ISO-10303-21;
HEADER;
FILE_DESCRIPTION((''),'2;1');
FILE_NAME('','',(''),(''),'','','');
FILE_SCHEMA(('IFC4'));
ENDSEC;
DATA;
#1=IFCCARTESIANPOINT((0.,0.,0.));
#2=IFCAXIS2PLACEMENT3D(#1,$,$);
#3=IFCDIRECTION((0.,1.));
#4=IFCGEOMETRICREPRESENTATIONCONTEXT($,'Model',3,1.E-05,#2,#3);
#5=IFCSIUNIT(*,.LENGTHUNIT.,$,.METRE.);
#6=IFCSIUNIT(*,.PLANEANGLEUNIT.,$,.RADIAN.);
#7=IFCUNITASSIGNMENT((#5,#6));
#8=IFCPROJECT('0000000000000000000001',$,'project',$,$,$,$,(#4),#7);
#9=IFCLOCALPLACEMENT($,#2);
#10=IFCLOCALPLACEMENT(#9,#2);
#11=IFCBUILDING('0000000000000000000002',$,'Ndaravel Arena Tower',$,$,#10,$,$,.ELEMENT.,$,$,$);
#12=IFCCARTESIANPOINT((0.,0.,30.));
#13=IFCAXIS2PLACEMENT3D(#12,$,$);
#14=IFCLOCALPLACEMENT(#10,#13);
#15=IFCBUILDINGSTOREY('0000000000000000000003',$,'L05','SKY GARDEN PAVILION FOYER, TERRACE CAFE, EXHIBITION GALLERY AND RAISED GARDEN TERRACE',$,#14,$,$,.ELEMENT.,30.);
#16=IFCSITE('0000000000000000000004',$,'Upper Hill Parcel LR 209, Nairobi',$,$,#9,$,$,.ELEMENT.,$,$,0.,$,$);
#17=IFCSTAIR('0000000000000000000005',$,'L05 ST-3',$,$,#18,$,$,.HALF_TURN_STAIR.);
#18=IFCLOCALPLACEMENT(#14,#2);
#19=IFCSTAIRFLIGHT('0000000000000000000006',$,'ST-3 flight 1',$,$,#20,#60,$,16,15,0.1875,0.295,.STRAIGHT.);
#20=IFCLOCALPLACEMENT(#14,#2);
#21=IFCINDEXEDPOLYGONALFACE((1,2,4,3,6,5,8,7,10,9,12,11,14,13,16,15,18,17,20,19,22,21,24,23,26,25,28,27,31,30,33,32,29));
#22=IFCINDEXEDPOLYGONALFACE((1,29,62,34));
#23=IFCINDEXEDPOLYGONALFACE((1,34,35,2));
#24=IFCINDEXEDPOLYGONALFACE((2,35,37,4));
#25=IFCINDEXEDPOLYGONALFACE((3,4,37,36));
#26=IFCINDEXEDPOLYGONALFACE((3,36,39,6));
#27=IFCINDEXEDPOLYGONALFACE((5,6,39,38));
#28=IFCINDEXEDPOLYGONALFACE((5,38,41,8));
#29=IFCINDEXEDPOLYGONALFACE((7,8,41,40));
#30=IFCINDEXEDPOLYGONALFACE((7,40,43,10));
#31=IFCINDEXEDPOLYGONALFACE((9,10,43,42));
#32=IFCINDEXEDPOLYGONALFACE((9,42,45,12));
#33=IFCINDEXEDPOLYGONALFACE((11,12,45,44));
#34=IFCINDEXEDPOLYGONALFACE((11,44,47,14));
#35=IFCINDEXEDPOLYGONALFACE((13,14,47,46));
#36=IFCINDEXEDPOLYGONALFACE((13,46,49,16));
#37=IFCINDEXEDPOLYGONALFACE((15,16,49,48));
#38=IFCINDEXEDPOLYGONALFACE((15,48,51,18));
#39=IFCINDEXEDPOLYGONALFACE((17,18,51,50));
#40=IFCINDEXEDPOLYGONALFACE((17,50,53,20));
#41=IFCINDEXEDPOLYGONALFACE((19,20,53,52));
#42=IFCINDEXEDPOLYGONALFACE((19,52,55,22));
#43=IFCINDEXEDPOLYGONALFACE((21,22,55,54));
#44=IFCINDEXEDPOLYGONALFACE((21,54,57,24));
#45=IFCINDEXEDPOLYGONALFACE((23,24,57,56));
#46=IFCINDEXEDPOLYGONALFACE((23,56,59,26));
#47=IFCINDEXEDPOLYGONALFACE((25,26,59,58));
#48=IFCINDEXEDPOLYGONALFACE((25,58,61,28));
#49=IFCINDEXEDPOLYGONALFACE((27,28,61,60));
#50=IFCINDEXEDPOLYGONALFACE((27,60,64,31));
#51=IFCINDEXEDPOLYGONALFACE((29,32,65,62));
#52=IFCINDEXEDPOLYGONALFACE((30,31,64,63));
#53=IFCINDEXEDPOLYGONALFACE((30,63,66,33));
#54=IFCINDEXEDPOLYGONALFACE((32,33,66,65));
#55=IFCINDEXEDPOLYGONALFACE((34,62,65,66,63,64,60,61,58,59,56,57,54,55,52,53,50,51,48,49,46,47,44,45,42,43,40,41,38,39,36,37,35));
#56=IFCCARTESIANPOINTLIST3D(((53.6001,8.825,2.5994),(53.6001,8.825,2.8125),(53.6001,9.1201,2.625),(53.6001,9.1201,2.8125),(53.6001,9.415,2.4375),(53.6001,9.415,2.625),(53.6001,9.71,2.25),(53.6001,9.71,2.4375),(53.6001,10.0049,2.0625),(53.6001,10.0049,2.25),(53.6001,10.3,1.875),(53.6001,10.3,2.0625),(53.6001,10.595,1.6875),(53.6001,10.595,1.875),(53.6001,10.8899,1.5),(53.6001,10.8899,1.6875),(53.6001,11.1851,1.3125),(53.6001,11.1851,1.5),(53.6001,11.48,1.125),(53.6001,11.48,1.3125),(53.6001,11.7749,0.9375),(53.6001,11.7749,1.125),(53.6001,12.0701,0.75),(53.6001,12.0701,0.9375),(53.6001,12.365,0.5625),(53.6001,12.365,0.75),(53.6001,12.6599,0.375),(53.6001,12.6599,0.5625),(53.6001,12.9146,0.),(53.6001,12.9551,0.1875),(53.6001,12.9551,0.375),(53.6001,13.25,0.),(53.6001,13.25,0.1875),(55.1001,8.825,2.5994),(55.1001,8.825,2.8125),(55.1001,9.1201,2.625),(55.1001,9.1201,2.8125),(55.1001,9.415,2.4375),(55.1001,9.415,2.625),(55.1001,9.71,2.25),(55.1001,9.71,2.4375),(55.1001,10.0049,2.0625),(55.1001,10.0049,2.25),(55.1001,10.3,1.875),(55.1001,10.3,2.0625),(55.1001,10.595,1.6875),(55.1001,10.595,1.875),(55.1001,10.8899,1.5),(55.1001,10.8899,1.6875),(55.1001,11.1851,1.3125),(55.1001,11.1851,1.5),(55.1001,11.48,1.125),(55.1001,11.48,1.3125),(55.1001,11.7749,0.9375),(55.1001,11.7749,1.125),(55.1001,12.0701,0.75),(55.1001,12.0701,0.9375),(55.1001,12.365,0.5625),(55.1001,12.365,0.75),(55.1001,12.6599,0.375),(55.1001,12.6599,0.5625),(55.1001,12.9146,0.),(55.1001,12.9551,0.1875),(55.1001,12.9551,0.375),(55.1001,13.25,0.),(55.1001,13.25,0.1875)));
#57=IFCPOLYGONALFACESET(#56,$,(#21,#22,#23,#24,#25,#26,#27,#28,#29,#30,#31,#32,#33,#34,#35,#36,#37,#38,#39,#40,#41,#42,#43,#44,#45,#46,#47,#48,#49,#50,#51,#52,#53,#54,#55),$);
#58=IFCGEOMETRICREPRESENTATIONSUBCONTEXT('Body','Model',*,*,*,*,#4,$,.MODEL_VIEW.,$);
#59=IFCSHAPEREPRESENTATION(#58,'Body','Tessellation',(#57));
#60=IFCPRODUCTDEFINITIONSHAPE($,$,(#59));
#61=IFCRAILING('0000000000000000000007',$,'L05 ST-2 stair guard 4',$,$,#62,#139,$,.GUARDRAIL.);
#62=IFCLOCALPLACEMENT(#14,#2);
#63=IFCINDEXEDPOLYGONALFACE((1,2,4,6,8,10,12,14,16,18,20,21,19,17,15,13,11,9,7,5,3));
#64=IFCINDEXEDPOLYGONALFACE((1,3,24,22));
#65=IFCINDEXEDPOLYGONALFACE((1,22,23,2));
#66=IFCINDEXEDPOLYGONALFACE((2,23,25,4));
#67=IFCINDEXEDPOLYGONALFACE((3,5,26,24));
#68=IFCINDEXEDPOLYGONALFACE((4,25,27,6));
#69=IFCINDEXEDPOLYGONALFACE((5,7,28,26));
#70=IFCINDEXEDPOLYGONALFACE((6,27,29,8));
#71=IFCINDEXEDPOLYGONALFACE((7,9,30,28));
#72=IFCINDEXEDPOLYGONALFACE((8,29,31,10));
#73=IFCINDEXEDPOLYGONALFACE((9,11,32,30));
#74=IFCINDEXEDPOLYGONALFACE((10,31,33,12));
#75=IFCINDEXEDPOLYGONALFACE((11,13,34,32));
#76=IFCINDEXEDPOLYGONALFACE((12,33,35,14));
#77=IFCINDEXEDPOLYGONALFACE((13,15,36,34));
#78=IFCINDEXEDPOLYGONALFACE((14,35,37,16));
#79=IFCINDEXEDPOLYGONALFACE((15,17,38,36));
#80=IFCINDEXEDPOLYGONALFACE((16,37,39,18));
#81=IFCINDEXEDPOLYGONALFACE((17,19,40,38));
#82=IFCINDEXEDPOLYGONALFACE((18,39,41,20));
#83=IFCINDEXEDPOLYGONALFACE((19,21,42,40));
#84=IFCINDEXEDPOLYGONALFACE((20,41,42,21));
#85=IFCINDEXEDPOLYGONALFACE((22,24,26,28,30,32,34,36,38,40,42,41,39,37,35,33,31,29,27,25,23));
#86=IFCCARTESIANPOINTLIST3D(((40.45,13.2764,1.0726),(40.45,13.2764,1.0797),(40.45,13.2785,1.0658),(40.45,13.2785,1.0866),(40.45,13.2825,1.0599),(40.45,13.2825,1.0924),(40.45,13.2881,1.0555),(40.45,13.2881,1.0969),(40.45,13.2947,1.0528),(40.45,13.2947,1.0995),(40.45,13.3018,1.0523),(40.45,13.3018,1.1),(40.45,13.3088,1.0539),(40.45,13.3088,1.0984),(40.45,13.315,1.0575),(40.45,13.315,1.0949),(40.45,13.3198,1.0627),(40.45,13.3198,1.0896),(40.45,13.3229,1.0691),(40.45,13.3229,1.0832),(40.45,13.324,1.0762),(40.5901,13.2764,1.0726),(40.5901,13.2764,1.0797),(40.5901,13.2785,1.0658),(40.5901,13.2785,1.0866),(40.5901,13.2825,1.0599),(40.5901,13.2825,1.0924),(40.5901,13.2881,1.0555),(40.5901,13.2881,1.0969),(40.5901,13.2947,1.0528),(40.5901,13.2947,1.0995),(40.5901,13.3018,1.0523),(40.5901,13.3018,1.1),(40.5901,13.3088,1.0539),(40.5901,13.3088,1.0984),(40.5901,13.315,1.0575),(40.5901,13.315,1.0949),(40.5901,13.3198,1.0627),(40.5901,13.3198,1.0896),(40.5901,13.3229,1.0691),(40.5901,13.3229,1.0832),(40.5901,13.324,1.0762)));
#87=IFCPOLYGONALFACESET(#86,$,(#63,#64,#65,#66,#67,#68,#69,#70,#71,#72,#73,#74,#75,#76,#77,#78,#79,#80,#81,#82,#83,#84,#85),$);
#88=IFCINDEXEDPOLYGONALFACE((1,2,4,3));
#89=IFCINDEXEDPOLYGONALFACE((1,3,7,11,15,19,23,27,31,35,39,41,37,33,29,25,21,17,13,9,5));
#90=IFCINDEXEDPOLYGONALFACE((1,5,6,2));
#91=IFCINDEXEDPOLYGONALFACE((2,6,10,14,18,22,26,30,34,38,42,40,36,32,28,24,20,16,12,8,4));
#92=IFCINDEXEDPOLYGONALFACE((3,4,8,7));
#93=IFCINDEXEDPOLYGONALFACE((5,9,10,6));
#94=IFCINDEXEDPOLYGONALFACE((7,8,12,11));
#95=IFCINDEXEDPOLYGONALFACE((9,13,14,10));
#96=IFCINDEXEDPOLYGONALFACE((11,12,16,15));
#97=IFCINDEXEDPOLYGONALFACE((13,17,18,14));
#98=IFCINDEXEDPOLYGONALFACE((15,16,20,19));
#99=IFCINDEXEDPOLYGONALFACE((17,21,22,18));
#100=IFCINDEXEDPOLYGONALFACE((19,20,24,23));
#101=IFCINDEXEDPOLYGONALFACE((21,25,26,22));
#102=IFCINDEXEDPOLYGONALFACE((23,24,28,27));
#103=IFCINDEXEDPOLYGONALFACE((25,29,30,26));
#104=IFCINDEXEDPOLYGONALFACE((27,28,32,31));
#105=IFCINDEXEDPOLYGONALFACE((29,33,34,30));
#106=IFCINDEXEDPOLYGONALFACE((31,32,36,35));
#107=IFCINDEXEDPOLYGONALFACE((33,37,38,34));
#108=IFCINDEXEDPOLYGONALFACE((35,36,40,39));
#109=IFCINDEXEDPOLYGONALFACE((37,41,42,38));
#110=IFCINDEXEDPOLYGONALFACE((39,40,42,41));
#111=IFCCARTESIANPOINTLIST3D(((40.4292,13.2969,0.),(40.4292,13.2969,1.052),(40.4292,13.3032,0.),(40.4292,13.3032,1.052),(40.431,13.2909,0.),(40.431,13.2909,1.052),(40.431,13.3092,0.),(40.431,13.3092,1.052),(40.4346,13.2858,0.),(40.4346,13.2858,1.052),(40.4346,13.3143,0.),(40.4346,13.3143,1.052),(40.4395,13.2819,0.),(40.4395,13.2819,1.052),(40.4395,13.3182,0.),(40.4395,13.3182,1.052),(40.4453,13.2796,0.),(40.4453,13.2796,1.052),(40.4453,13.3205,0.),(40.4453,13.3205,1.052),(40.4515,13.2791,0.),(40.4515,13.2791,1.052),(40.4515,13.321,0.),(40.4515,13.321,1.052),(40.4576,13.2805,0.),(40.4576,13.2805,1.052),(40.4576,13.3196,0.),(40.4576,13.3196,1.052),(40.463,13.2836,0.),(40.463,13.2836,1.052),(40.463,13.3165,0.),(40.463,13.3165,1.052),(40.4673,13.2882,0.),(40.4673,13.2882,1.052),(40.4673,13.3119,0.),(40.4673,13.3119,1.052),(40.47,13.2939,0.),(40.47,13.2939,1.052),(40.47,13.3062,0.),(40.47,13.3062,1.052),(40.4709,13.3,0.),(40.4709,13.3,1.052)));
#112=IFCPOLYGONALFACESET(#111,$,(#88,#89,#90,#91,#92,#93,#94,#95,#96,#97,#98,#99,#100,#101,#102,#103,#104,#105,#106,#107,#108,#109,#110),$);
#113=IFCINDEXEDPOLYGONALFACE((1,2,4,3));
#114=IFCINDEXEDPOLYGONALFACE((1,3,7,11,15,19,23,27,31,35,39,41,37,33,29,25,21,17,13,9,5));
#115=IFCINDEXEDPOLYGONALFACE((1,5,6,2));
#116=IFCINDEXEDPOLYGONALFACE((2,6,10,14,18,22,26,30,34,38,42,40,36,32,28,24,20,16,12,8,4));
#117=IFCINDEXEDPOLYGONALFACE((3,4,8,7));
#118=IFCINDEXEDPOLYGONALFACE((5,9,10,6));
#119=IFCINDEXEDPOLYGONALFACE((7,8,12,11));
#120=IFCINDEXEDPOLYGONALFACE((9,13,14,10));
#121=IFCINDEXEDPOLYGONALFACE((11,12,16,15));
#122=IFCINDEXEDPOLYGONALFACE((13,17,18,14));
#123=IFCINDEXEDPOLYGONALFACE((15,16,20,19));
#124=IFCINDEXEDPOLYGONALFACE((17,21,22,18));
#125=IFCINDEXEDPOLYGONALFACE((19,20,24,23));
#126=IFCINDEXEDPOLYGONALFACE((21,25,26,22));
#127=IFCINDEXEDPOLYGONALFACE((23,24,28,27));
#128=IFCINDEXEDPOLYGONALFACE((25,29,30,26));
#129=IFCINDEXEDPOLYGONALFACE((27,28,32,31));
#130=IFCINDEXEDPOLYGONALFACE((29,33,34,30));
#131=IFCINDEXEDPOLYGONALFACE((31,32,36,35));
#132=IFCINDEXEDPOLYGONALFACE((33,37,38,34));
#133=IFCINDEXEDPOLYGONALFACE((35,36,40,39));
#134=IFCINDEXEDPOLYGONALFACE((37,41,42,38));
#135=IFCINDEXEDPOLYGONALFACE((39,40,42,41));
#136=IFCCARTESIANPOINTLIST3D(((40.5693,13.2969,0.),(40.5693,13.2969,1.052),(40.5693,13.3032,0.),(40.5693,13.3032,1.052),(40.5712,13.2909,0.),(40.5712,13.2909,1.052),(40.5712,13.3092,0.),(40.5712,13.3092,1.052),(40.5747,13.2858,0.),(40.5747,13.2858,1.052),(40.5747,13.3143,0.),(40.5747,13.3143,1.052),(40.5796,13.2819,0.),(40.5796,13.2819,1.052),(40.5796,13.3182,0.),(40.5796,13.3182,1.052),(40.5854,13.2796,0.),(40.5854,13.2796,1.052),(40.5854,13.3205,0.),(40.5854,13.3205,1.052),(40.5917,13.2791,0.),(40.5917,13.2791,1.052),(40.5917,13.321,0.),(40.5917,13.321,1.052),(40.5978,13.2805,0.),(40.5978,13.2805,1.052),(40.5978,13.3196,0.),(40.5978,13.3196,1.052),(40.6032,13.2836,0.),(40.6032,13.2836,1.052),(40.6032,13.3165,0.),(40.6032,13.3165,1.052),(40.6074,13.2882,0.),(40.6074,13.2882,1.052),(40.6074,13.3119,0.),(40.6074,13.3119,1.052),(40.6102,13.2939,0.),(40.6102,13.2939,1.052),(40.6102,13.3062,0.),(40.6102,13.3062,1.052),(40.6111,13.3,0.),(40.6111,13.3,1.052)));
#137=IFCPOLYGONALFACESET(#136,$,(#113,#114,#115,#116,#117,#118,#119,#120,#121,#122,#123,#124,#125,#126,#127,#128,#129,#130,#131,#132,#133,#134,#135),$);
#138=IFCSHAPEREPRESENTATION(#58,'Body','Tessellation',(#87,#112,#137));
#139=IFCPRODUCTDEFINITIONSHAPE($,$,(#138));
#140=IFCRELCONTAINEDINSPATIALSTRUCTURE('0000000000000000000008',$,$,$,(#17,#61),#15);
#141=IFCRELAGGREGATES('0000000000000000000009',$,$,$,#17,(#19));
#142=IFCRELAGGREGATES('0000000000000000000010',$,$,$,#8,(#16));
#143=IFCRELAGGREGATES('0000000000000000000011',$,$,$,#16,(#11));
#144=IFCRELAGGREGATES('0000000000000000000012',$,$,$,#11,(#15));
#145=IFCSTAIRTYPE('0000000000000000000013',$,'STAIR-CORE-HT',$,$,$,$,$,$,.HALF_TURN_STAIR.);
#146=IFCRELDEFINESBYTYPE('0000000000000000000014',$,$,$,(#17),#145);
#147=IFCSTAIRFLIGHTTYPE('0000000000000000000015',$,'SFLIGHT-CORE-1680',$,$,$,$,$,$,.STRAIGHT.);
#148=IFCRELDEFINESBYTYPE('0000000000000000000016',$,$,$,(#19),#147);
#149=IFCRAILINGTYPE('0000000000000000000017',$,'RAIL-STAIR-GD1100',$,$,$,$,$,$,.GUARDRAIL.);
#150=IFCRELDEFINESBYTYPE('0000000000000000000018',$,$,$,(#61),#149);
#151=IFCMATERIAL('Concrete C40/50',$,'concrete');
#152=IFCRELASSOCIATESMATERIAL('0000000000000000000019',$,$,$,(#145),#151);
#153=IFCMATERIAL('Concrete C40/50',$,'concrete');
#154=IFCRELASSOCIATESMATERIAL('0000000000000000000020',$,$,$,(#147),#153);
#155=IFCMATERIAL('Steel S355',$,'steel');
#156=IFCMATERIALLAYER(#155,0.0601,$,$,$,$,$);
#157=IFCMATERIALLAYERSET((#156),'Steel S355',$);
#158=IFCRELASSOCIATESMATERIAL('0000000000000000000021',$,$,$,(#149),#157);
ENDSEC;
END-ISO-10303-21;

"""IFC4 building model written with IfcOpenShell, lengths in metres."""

from ifc_helpers import new_model, si_unit, direction, frame, origin, origin_2d, place, context, subcontext, project, spatial, polyline, circle, outline, extrude, material, layer, layer_set, type_object, element, aggregate, save


model = new_model("IFC4")

# Units and contexts
model_context = context("Model", 3, precision=1e-05, world=origin(), true_north=direction((0.0, 1.0)))
body_context = subcontext(model_context, "Body", "Model", "MODEL_VIEW")
ifc_project = project(units=[si_unit("LENGTHUNIT", "METRE"), si_unit("PLANEANGLEUNIT", "RADIAN")], contexts=[model_context])

# Site, building, storey
site_placement = place(None, origin())
site = spatial("IfcSite", under=ifc_project, at=site_placement, Name="Upper Hill Parcel LR 209, Nairobi", CompositionType="ELEMENT", RefElevation=0.0)
building_placement = place(site_placement, origin())
building = spatial("IfcBuilding", under=site, at=building_placement, Name="Ndaravel Arena Tower", CompositionType="ELEMENT")
storey_placement = place(building_placement, frame((0.0, 0.0, 30.0)))
storey = spatial("IfcBuildingStorey", under=building, at=storey_placement, Name="L05", Description="SKY GARDEN PAVILION FOYER, TERRACE CAFE, EXHIBITION GALLERY AND RAISED GARDEN TERRACE", CompositionType="ELEMENT", Elevation=30.0)

# Stair, stair flight
ifc_material_1 = material(Name="Concrete C40/50", Category="concrete")
stair_type = type_object("IfcStairType", Name="STAIR-CORE-HT", PredefinedType="HALF_TURN_STAIR", material=ifc_material_1)
stair_placement = place(storey_placement, origin())
stair = element("IfcStair", 1, at=stair_placement, inside=storey, type_object=stair_type, Name="L05 ST-3", PredefinedType="HALF_TURN_STAIR")
ifc_material_2 = material(Name="Concrete C40/50", Category="concrete")
stair_flight_type = type_object("IfcStairFlightType", Name="SFLIGHT-CORE-1680", PredefinedType="STRAIGHT", material=ifc_material_2)
stair_flight_placement = place(storey_placement, frame((54.3501, 13.25, 0.0), z_axis=(0.0, 0.0, 1.0), x_axis=(0.0, -1.0, 0.0)))
stair_flight = element("IfcStairFlight", 2, at=stair_flight_placement, type_object=stair_flight_type, Name="ST-3 flight 1", NumberOfRisers=16, NumberOfTreads=15, PredefinedType="STRAIGHT", RiserHeight=0.1875, TreadLength=0.295, context=body_context, shape_type="SweptSolid", body=[
    extrude(outline(polyline([(0.0, 0.0), (0.0, 0.1875), (0.2949, 0.1875), (0.2949, 0.375), (0.5901, 0.375), (0.5901, 0.5625), (0.885, 0.5625), (0.885, 0.75), (1.1799, 0.75), (1.1799, 0.9375), (1.4751, 0.9375), (1.4751, 1.125), (1.77, 1.125), (1.77, 1.3125), (2.0649, 1.3125), (2.0649, 1.5), (2.3601, 1.5), (2.3601, 1.6875), (2.655, 1.6875), (2.655, 1.875), (2.95, 1.875), (2.95, 2.0625), (3.2451, 2.0625), (3.2451, 2.25), (3.54, 2.25), (3.54, 2.4375), (3.835, 2.4375), (3.835, 2.625), (4.1299, 2.625), (4.1299, 2.8125), (4.425, 2.8125), (4.425, 3.0), (4.425, 2.5994), (0.3354, 0.0), (0.0, 0.0)])), frame((0.0, 0.75, 0.0), z_axis=(0.0, -1.0, 0.0), x_axis=(1.0, 0.0, 0.0)), (0.0, 0.0, 1.0), 1.5),
])
aggregate(stair, [stair_flight])

# Railing
ifc_material_3 = material(Name="Steel S355", Category="steel")
ifc_layer_1 = layer(ifc_material_3, 0.0601)
ifc_layer_set_1 = layer_set([ifc_layer_1], Name="Steel S355")
railing_type = type_object("IfcRailingType", Name="RAIL-STAIR-GD1100", PredefinedType="GUARDRAIL", material=ifc_layer_set_1)
railing_1_placement = place(storey_placement, frame((40.45, 13.3, 0.0)))
element("IfcRailing", 3, at=railing_1_placement, inside=storey, type_object=railing_type, Name="L05 ST-2 stair guard 4", PredefinedType="GUARDRAIL", context=body_context, shape_type="SweptSolid", body=[
    extrude(circle(Radius=0.0239, at=origin_2d()), frame((0.0, 0.0, 1.0762), z_axis=(1.0, 0.0, 0.0), x_axis=(0.0, 1.0, 0.0)), (0.0, 0.0, 1.0), 0.1401),
    extrude(circle(Radius=0.021, at=origin_2d()), origin(), (0.0, 0.0, 1.0), 1.052),
    extrude(circle(Radius=0.021, at=origin_2d()), frame((0.1401, 0.0, 0.0)), (0.0, 0.0, 1.0), 1.052),
])

save(model, "model.ifc")
